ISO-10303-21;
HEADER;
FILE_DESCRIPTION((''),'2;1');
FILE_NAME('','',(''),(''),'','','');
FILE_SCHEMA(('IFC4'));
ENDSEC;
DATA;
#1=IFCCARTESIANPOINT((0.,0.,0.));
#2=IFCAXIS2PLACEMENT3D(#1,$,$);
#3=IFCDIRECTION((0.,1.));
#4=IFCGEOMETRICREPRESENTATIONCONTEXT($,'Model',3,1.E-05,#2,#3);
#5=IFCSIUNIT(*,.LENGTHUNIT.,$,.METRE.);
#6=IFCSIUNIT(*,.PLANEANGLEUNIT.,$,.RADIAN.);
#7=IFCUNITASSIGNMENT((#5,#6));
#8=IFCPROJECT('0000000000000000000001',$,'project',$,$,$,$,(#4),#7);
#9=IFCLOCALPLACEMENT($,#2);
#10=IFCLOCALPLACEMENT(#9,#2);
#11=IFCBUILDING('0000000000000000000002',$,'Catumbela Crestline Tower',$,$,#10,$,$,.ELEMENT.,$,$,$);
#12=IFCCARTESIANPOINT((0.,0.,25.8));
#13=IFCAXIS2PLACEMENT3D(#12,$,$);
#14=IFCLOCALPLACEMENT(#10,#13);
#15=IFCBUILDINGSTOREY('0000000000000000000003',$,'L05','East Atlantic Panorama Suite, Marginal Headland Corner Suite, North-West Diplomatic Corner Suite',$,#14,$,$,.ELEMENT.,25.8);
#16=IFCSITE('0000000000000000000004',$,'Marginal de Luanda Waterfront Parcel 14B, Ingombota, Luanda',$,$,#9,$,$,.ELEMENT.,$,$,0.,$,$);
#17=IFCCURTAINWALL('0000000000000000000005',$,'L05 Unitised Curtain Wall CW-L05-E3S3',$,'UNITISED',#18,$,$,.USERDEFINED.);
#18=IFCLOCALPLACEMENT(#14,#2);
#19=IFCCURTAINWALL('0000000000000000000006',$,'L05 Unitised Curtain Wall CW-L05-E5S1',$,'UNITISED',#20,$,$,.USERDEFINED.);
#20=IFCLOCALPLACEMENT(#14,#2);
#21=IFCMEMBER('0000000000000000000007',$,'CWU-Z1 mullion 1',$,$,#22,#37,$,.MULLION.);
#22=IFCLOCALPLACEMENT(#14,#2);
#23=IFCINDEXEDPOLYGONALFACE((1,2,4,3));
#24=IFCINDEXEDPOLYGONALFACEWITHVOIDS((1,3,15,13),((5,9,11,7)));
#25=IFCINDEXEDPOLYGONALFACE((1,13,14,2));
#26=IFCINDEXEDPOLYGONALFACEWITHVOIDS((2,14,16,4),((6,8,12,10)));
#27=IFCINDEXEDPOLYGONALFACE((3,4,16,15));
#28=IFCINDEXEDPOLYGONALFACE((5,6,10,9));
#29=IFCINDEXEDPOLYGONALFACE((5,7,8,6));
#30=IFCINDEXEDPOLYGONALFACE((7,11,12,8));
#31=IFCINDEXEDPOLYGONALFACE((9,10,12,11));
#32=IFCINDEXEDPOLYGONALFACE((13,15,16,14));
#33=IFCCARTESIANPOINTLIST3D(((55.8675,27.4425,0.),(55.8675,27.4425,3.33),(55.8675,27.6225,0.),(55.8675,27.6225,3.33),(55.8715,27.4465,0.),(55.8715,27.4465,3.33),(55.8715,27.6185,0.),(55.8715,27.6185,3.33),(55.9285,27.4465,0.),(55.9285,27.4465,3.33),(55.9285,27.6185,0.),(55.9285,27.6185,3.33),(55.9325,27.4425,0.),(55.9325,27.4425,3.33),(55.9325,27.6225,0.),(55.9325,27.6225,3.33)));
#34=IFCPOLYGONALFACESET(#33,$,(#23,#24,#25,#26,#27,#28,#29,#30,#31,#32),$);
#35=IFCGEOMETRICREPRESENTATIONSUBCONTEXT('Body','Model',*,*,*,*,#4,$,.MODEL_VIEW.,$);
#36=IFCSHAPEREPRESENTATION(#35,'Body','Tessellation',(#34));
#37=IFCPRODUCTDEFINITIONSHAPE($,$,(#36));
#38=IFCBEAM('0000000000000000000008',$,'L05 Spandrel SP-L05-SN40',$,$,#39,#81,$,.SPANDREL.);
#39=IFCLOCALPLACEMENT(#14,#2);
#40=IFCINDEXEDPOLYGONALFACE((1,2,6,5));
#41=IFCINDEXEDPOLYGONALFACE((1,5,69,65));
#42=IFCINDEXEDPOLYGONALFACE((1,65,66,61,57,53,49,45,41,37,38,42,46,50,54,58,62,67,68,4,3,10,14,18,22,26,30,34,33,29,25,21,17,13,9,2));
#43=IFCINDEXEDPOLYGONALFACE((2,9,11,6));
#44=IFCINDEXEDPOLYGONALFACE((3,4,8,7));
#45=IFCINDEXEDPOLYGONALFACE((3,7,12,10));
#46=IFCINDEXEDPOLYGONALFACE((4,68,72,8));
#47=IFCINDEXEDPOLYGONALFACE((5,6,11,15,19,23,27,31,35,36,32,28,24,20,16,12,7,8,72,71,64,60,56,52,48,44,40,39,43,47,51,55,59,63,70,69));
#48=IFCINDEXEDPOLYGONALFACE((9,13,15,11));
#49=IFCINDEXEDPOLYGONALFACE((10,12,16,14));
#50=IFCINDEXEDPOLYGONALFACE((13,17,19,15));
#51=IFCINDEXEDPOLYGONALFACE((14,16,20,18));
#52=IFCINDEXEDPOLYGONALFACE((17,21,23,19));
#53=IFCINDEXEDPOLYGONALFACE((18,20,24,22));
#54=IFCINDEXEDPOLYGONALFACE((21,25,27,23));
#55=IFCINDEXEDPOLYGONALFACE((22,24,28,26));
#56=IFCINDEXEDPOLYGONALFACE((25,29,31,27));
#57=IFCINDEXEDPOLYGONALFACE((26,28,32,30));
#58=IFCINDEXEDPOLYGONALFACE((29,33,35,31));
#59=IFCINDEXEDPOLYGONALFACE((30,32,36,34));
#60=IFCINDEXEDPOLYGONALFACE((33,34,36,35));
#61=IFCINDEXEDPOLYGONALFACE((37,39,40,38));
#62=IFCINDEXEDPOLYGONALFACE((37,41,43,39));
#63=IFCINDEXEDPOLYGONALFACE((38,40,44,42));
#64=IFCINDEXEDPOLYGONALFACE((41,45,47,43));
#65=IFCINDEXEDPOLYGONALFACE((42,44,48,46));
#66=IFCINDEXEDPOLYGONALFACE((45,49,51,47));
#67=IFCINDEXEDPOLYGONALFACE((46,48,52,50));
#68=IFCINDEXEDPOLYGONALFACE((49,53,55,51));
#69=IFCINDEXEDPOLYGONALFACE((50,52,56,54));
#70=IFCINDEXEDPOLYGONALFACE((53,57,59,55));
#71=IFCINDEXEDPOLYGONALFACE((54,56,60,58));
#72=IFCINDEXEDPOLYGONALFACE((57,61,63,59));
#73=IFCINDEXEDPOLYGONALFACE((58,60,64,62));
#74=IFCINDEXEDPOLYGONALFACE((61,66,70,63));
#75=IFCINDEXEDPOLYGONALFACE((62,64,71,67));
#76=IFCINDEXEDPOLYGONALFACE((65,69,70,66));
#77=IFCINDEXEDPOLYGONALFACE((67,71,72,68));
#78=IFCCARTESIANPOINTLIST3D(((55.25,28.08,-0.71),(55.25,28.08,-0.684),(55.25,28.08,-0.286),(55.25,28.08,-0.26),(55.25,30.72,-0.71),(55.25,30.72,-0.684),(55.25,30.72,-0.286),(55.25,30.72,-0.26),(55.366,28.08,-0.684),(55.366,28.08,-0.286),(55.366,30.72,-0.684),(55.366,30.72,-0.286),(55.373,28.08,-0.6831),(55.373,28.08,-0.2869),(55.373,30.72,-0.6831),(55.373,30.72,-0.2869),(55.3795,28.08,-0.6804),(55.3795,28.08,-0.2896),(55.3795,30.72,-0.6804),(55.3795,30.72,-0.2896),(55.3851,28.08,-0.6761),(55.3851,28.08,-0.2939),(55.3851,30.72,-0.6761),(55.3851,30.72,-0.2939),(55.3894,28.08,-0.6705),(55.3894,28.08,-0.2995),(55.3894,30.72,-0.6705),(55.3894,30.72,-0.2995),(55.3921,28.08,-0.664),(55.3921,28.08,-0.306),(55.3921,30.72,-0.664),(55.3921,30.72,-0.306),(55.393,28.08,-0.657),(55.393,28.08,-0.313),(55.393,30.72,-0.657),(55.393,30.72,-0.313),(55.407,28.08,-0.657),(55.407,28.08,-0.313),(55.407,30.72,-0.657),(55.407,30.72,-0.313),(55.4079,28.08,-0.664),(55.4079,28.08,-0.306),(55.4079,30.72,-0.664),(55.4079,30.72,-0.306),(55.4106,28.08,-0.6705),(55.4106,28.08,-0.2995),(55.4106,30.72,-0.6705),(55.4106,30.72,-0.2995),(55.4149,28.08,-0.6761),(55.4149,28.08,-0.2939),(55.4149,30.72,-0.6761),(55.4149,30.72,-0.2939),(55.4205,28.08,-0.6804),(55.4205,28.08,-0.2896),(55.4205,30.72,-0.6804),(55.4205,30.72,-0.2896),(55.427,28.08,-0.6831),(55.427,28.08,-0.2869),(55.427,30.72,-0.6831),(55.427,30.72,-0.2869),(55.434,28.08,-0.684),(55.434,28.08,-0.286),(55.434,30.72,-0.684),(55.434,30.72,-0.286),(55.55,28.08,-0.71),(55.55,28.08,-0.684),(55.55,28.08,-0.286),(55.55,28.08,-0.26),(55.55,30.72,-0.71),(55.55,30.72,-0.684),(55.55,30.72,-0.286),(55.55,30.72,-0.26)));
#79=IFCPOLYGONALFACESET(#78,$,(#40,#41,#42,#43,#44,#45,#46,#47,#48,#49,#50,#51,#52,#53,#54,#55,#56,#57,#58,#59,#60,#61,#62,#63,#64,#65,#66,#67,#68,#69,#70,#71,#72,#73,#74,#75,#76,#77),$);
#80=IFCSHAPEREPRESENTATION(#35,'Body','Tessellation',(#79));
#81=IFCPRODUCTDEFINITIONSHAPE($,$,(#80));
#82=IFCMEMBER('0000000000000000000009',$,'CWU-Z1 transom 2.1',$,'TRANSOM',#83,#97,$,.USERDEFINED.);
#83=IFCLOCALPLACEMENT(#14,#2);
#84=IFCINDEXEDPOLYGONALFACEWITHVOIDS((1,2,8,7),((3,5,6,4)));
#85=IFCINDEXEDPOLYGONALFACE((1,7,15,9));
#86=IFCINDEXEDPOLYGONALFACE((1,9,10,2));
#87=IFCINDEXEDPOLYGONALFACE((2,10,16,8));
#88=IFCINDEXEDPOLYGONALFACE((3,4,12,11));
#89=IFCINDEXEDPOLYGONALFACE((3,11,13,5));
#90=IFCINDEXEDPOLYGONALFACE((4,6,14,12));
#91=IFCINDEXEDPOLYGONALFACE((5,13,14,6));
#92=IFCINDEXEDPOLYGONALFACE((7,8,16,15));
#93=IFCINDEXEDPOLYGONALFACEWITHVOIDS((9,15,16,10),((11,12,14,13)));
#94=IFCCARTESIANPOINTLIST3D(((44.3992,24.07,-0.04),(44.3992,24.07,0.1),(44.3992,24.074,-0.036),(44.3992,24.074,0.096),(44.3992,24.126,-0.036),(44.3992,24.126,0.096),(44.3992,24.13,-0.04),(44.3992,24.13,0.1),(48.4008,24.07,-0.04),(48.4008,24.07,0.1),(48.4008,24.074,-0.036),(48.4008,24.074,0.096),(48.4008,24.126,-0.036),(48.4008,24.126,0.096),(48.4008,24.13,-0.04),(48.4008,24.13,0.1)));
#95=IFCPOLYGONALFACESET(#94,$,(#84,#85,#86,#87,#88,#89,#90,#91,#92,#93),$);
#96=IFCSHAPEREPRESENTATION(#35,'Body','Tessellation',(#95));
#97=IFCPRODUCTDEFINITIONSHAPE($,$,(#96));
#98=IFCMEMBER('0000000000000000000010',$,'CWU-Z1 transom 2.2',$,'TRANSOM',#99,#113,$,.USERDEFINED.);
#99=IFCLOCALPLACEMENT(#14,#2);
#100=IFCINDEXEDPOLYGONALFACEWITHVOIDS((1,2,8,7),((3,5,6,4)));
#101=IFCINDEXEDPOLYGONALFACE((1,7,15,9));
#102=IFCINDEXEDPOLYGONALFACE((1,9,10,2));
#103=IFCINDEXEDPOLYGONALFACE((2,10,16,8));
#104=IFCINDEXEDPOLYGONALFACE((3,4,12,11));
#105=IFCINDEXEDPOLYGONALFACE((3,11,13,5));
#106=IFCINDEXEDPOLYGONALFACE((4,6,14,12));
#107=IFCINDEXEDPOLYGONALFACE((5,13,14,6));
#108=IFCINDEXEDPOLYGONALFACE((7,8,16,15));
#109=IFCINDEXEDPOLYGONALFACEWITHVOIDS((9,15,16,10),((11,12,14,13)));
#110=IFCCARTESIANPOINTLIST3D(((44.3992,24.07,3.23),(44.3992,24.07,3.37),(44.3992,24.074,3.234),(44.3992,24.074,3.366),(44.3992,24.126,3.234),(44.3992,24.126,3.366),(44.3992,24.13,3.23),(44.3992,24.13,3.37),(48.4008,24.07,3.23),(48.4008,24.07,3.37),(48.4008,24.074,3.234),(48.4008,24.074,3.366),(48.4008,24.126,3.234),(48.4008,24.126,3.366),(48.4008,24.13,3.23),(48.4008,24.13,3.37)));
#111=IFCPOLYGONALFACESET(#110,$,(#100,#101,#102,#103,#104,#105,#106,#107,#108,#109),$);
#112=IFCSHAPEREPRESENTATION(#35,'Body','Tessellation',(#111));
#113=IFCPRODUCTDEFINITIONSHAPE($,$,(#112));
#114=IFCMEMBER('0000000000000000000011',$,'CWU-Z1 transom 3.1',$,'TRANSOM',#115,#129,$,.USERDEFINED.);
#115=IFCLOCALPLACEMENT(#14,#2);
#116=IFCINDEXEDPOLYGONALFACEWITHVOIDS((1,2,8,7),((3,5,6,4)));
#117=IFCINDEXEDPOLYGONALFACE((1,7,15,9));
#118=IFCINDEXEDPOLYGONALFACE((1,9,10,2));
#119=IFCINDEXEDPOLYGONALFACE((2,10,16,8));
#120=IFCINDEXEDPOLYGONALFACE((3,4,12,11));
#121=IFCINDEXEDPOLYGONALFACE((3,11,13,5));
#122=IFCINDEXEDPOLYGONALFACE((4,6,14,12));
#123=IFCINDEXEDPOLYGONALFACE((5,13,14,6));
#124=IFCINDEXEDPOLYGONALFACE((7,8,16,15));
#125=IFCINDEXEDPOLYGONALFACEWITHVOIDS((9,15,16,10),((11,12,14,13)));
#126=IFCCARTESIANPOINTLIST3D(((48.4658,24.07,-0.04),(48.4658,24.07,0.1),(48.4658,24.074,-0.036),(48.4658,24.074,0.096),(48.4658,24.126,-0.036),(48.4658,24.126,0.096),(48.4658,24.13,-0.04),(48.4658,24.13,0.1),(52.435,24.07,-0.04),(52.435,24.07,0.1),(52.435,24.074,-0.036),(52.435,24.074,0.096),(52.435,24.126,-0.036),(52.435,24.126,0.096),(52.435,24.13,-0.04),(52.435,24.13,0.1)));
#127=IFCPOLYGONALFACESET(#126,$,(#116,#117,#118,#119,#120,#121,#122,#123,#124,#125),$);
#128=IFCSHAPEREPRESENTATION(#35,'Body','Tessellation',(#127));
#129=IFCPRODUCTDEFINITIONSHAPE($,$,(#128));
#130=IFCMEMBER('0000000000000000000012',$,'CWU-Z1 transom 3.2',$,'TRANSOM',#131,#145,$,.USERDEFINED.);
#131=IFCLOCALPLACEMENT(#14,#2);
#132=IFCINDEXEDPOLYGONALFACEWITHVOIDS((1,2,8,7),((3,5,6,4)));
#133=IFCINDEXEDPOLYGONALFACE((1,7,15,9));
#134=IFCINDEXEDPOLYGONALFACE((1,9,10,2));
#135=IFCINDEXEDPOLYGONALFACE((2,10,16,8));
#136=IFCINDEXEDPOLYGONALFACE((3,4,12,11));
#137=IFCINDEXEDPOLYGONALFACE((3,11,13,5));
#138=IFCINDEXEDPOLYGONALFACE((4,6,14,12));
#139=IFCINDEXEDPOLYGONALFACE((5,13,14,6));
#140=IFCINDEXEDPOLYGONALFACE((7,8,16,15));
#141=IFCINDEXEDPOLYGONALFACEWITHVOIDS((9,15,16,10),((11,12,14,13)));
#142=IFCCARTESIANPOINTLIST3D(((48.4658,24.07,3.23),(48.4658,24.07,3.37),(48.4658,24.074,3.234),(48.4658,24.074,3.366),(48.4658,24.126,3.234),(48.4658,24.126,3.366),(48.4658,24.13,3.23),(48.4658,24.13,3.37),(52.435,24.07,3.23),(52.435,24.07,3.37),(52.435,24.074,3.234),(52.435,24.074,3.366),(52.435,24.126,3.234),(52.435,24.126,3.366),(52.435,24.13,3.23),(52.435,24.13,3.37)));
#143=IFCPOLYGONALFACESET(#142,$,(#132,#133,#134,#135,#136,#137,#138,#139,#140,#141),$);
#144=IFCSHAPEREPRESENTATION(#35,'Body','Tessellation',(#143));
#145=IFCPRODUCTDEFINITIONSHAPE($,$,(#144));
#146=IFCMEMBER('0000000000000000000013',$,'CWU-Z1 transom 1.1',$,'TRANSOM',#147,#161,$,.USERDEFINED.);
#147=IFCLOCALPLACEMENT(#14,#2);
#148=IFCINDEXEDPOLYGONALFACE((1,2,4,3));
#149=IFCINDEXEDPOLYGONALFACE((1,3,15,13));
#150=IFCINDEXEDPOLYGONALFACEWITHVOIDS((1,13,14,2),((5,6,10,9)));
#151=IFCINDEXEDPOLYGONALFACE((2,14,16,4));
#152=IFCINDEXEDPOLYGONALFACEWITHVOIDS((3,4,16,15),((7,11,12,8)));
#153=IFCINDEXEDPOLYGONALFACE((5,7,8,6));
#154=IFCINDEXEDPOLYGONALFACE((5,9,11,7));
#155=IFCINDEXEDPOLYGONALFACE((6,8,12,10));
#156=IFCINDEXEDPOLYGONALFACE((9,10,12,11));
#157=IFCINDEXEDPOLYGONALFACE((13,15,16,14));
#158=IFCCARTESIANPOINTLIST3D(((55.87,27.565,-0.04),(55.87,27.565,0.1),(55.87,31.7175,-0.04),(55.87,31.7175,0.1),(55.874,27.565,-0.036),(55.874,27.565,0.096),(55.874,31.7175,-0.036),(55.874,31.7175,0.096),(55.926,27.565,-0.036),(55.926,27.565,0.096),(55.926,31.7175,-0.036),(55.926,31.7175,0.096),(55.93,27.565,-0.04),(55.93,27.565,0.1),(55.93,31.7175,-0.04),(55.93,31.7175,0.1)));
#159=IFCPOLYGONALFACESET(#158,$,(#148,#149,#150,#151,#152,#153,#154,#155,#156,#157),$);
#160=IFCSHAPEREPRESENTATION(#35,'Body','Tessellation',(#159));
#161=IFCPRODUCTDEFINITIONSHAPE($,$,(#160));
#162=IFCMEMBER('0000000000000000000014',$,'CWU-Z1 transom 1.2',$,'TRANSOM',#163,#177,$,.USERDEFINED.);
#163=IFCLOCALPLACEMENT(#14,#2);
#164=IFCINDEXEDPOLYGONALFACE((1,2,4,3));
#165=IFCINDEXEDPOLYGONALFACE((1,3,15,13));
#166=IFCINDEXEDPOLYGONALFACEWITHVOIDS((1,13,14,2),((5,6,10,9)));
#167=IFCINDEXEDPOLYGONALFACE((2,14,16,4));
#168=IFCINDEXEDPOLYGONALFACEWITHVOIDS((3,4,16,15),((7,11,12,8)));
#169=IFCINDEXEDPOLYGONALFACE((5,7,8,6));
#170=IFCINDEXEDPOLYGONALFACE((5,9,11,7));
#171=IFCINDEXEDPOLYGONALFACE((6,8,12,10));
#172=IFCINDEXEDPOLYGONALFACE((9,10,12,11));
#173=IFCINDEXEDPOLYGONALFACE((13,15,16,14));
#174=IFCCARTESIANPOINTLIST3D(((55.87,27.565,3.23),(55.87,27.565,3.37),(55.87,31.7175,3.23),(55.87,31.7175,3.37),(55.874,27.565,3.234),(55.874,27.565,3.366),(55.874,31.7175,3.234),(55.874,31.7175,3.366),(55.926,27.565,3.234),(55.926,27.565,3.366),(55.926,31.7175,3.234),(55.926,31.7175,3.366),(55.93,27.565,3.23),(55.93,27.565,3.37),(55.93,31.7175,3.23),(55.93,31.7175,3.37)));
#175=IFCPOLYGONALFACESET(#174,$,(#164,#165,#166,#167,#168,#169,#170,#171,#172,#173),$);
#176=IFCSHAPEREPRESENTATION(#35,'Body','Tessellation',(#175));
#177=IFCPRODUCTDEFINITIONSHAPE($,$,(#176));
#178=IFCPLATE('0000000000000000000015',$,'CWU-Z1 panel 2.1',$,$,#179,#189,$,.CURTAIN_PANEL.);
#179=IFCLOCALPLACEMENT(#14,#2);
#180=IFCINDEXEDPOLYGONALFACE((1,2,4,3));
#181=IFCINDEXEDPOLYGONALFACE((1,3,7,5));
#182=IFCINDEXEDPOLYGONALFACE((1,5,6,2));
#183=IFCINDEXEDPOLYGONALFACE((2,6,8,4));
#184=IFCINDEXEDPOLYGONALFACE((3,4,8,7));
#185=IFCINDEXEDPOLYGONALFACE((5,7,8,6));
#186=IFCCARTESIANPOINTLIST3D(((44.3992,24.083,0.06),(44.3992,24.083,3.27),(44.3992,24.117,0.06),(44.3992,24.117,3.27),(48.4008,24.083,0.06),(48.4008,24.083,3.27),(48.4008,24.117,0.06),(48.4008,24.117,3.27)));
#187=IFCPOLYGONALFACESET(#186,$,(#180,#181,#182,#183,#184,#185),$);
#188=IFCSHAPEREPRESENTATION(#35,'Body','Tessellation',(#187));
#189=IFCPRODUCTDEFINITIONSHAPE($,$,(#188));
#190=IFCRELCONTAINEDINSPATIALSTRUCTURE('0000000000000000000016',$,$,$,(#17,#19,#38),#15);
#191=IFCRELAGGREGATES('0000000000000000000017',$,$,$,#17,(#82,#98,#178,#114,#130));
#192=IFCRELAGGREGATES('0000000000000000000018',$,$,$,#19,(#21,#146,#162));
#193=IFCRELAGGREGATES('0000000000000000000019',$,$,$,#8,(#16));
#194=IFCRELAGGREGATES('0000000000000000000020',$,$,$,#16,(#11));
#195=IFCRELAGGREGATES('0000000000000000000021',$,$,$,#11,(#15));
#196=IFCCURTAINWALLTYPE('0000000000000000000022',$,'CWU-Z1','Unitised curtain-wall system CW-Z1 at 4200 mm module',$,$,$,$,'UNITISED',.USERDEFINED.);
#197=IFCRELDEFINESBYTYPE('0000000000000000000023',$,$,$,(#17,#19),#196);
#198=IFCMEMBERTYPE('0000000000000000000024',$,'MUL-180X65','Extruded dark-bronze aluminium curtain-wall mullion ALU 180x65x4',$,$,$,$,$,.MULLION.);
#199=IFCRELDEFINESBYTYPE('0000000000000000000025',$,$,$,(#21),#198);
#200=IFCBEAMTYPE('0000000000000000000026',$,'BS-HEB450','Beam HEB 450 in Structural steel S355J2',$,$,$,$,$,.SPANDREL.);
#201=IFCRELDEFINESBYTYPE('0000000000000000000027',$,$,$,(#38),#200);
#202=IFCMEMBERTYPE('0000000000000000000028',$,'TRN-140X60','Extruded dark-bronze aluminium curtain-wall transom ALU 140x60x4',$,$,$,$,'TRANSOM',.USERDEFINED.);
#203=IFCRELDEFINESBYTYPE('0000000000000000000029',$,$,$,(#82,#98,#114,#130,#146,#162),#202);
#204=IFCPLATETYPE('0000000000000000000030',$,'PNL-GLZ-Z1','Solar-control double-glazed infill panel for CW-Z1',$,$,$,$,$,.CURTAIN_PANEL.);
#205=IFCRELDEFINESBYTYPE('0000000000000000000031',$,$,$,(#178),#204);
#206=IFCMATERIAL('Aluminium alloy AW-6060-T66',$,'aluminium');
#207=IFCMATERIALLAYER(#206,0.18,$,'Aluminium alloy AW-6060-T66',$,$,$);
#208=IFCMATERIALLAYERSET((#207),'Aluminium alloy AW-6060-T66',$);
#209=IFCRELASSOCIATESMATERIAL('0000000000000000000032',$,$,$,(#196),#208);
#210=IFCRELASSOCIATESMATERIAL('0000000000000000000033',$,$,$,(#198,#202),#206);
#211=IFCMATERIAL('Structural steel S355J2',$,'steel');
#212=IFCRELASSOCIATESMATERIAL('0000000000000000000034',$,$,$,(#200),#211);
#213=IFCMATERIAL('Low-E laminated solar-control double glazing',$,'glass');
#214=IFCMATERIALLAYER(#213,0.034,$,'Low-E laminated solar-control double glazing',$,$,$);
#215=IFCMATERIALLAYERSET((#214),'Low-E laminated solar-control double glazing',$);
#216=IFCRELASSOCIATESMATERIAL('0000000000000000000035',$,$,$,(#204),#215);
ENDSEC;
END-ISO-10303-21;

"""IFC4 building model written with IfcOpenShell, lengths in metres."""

from ifc_helpers import new_model, si_unit, direction, frame, origin, origin_2d, place, context, subcontext, project, spatial, rectangle, hollow_rectangle, i_section, extrude, material, layer, layer_set, material_profile, profile_set, type_object, element, aggregate, save


model = new_model("IFC4")

# Units and contexts
model_context = context("Model", 3, precision=1e-05, world=origin(), true_north=direction((0.0, 1.0)))
body_context = subcontext(model_context, "Body", "Model", "MODEL_VIEW")
ifc_project = project(units=[si_unit("LENGTHUNIT", "METRE"), si_unit("PLANEANGLEUNIT", "RADIAN")], contexts=[model_context])

# Site, building, storey
site_placement = place(None, origin())
site = spatial("IfcSite", under=ifc_project, at=site_placement, Name="Marginal de Luanda Waterfront Parcel 14B, Ingombota, Luanda", CompositionType="ELEMENT", RefElevation=0.0)
building_placement = place(site_placement, origin())
building = spatial("IfcBuilding", under=site, at=building_placement, Name="Catumbela Crestline Tower", CompositionType="ELEMENT")
storey_placement = place(building_placement, frame((0.0, 0.0, 25.8)))
storey = spatial("IfcBuildingStorey", under=building, at=storey_placement, Name="L05", Description="East Atlantic Panorama Suite, Marginal Headland Corner Suite, North-West Diplomatic Corner Suite", CompositionType="ELEMENT", Elevation=25.8)

# Shared definitions
ifc_material_1 = material(Name="Structural steel S355J2", Category="steel")

# Curtain wall
ifc_material_2 = material(Name="Aluminium alloy AW-6060-T66", Category="aluminium")
ifc_layer_1 = layer(ifc_material_2, 0.18, Name="Aluminium alloy AW-6060-T66")
ifc_layer_set_1 = layer_set([ifc_layer_1], Name="Aluminium alloy AW-6060-T66")
curtain_wall_type = type_object("IfcCurtainWallType", Name="CWU-Z1", Description="Unitised curtain-wall system CW-Z1 at 4200 mm module", ElementType="UNITISED", PredefinedType="USERDEFINED", material=ifc_layer_set_1)
curtain_wall_1_placement = place(storey_placement, origin())
curtain_wall_1 = element("IfcCurtainWall", 1, at=curtain_wall_1_placement, inside=storey, type_object=curtain_wall_type, Name="L05 Unitised Curtain Wall CW-L05-E3S3", ObjectType="UNITISED", PredefinedType="USERDEFINED")
ifc_material_profile_1 = material_profile(ifc_material_2, hollow_rectangle(XDim=0.065, YDim=0.18, WallThickness=0.004, at=origin_2d()), Name="ALU 180x65x4")
ifc_profile_set_1 = profile_set([ifc_material_profile_1], Name="Aluminium alloy AW-6060-T66")
member_type_1 = type_object("IfcMemberType", Name="MUL-180X65", Description="Extruded dark-bronze aluminium curtain-wall mullion ALU 180x65x4", PredefinedType="MULLION", material=ifc_profile_set_1)

# Curtain wall, member
curtain_wall_2_placement = place(storey_placement, origin())
curtain_wall_2 = element("IfcCurtainWall", 2, at=curtain_wall_2_placement, inside=storey, type_object=curtain_wall_type, Name="L05 Unitised Curtain Wall CW-L05-E5S1", ObjectType="UNITISED", PredefinedType="USERDEFINED")
member_1_placement = place(storey_placement, frame((55.9, 27.5325, 0.0), z_axis=(0.0, 0.0, 1.0), x_axis=(-1.0, 0.0, 0.0)))
member_1 = element("IfcMember", 3, at=member_1_placement, type_object=member_type_1, Name="CWU-Z1 mullion 1", PredefinedType="MULLION", context=body_context, shape_type="SweptSolid", body=[
    extrude(hollow_rectangle(XDim=0.065, YDim=0.18, WallThickness=0.004, at=origin_2d()), origin(), (0.0, 0.0, 1.0), 3.33),
])

# Beam
ifc_material_profile_2 = material_profile(ifc_material_1, i_section(OverallWidth=0.3, OverallDepth=0.45, WebThickness=0.014, FlangeThickness=0.026, FilletRadius=0.027, at=origin_2d()), Name="HEB 450")
ifc_profile_set_2 = profile_set([ifc_material_profile_2], Name="Structural steel S355J2")
beam_type_1 = type_object("IfcBeamType", Name="BS-HEB450", Description="Beam HEB 450 in Structural steel S355J2", PredefinedType="SPANDREL", material=ifc_profile_set_2)
beam_1_placement = place(storey_placement, frame((55.4, 28.08, -0.485), z_axis=(0.0, 1.0, 0.0), x_axis=(-1.0, 0.0, 0.0)))
element("IfcBeam", 4, at=beam_1_placement, inside=storey, type_object=beam_type_1, Name="L05 Spandrel SP-L05-SN40", PredefinedType="SPANDREL", context=body_context, shape_type="SweptSolid", body=[
    extrude(i_section(OverallWidth=0.3, OverallDepth=0.45, WebThickness=0.014, FlangeThickness=0.026, FilletRadius=0.027, at=origin_2d()), origin(), (0.0, 0.0, 1.0), 2.64),
])

# Members
ifc_material_profile_3 = material_profile(ifc_material_2, hollow_rectangle(XDim=0.06, YDim=0.14, WallThickness=0.004, at=origin_2d()), Name="ALU 140x60x4")
ifc_profile_set_3 = profile_set([ifc_material_profile_3], Name="Aluminium alloy AW-6060-T66")
member_type_2 = type_object("IfcMemberType", Name="TRN-140X60", Description="Extruded dark-bronze aluminium curtain-wall transom ALU 140x60x4", ElementType="TRANSOM", PredefinedType="USERDEFINED", material=ifc_profile_set_3)
member_2_placement = place(storey_placement, frame((44.3992, 24.1, 0.03), z_axis=(1.0, 0.0, 0.0), x_axis=(0.0, 1.0, 0.0)))
member_2 = element("IfcMember", 5, at=member_2_placement, type_object=member_type_2, Name="CWU-Z1 transom 2.1", ObjectType="TRANSOM", PredefinedType="USERDEFINED", context=body_context, shape_type="SweptSolid", body=[
    extrude(hollow_rectangle(XDim=0.06, YDim=0.14, WallThickness=0.004, at=origin_2d()), origin(), (0.0, 0.0, 1.0), 4.0016),
])
member_3_placement = place(storey_placement, frame((44.3992, 24.1, 3.3), z_axis=(1.0, 0.0, 0.0), x_axis=(0.0, 1.0, 0.0)))
member_3 = element("IfcMember", 6, at=member_3_placement, type_object=member_type_2, Name="CWU-Z1 transom 2.2", ObjectType="TRANSOM", PredefinedType="USERDEFINED", context=body_context, shape_type="SweptSolid", body=[
    extrude(hollow_rectangle(XDim=0.06, YDim=0.14, WallThickness=0.004, at=origin_2d()), origin(), (0.0, 0.0, 1.0), 4.0016),
])
member_4_placement = place(storey_placement, frame((48.4658, 24.1, 0.03), z_axis=(1.0, 0.0, 0.0), x_axis=(0.0, 1.0, 0.0)))
member_4 = element("IfcMember", 7, at=member_4_placement, type_object=member_type_2, Name="CWU-Z1 transom 3.1", ObjectType="TRANSOM", PredefinedType="USERDEFINED", context=body_context, shape_type="SweptSolid", body=[
    extrude(hollow_rectangle(XDim=0.06, YDim=0.14, WallThickness=0.004, at=origin_2d()), origin(), (0.0, 0.0, 1.0), 3.9692),
])
member_5_placement = place(storey_placement, frame((48.4658, 24.1, 3.3), z_axis=(1.0, 0.0, 0.0), x_axis=(0.0, 1.0, 0.0)))
member_5 = element("IfcMember", 8, at=member_5_placement, type_object=member_type_2, Name="CWU-Z1 transom 3.2", ObjectType="TRANSOM", PredefinedType="USERDEFINED", context=body_context, shape_type="SweptSolid", body=[
    extrude(hollow_rectangle(XDim=0.06, YDim=0.14, WallThickness=0.004, at=origin_2d()), origin(), (0.0, 0.0, 1.0), 3.9692),
])
member_6_placement = place(storey_placement, frame((55.9, 27.565, 0.03), z_axis=(0.0, 1.0, 0.0), x_axis=(-1.0, 0.0, 0.0)))
member_6 = element("IfcMember", 9, at=member_6_placement, type_object=member_type_2, Name="CWU-Z1 transom 1.1", ObjectType="TRANSOM", PredefinedType="USERDEFINED", context=body_context, shape_type="SweptSolid", body=[
    extrude(hollow_rectangle(XDim=0.06, YDim=0.14, WallThickness=0.004, at=origin_2d()), origin(), (0.0, 0.0, 1.0), 4.1525),
])
member_7_placement = place(storey_placement, frame((55.9, 27.565, 3.3), z_axis=(0.0, 1.0, 0.0), x_axis=(-1.0, 0.0, 0.0)))
member_7 = element("IfcMember", 10, at=member_7_placement, type_object=member_type_2, Name="CWU-Z1 transom 1.2", ObjectType="TRANSOM", PredefinedType="USERDEFINED", context=body_context, shape_type="SweptSolid", body=[
    extrude(hollow_rectangle(XDim=0.06, YDim=0.14, WallThickness=0.004, at=origin_2d()), origin(), (0.0, 0.0, 1.0), 4.1525),
])

# Plate
ifc_material_3 = material(Name="Low-E laminated solar-control double glazing", Category="glass")
ifc_layer_2 = layer(ifc_material_3, 0.034, Name="Low-E laminated solar-control double glazing")
ifc_layer_set_2 = layer_set([ifc_layer_2], Name="Low-E laminated solar-control double glazing")
plate_type = type_object("IfcPlateType", Name="PNL-GLZ-Z1", Description="Solar-control double-glazed infill panel for CW-Z1", PredefinedType="CURTAIN_PANEL", material=ifc_layer_set_2)
plate_1_placement = place(storey_placement, frame((46.4, 24.1, 0.06), z_axis=(0.0, 0.0, 1.0), x_axis=(1.0, 0.0, 0.0)))
plate_1 = element("IfcPlate", 11, at=plate_1_placement, type_object=plate_type, Name="CWU-Z1 panel 2.1", PredefinedType="CURTAIN_PANEL", context=body_context, shape_type="SweptSolid", body=[
    extrude(rectangle(XDim=4.0017, YDim=0.034, at=origin_2d()), origin(), (0.0, 0.0, 1.0), 3.21),
])
aggregate(curtain_wall_1, [member_2, member_3, plate_1, member_4, member_5])
aggregate(curtain_wall_2, [member_1, member_6, member_7])

save(model, "model.ifc")
